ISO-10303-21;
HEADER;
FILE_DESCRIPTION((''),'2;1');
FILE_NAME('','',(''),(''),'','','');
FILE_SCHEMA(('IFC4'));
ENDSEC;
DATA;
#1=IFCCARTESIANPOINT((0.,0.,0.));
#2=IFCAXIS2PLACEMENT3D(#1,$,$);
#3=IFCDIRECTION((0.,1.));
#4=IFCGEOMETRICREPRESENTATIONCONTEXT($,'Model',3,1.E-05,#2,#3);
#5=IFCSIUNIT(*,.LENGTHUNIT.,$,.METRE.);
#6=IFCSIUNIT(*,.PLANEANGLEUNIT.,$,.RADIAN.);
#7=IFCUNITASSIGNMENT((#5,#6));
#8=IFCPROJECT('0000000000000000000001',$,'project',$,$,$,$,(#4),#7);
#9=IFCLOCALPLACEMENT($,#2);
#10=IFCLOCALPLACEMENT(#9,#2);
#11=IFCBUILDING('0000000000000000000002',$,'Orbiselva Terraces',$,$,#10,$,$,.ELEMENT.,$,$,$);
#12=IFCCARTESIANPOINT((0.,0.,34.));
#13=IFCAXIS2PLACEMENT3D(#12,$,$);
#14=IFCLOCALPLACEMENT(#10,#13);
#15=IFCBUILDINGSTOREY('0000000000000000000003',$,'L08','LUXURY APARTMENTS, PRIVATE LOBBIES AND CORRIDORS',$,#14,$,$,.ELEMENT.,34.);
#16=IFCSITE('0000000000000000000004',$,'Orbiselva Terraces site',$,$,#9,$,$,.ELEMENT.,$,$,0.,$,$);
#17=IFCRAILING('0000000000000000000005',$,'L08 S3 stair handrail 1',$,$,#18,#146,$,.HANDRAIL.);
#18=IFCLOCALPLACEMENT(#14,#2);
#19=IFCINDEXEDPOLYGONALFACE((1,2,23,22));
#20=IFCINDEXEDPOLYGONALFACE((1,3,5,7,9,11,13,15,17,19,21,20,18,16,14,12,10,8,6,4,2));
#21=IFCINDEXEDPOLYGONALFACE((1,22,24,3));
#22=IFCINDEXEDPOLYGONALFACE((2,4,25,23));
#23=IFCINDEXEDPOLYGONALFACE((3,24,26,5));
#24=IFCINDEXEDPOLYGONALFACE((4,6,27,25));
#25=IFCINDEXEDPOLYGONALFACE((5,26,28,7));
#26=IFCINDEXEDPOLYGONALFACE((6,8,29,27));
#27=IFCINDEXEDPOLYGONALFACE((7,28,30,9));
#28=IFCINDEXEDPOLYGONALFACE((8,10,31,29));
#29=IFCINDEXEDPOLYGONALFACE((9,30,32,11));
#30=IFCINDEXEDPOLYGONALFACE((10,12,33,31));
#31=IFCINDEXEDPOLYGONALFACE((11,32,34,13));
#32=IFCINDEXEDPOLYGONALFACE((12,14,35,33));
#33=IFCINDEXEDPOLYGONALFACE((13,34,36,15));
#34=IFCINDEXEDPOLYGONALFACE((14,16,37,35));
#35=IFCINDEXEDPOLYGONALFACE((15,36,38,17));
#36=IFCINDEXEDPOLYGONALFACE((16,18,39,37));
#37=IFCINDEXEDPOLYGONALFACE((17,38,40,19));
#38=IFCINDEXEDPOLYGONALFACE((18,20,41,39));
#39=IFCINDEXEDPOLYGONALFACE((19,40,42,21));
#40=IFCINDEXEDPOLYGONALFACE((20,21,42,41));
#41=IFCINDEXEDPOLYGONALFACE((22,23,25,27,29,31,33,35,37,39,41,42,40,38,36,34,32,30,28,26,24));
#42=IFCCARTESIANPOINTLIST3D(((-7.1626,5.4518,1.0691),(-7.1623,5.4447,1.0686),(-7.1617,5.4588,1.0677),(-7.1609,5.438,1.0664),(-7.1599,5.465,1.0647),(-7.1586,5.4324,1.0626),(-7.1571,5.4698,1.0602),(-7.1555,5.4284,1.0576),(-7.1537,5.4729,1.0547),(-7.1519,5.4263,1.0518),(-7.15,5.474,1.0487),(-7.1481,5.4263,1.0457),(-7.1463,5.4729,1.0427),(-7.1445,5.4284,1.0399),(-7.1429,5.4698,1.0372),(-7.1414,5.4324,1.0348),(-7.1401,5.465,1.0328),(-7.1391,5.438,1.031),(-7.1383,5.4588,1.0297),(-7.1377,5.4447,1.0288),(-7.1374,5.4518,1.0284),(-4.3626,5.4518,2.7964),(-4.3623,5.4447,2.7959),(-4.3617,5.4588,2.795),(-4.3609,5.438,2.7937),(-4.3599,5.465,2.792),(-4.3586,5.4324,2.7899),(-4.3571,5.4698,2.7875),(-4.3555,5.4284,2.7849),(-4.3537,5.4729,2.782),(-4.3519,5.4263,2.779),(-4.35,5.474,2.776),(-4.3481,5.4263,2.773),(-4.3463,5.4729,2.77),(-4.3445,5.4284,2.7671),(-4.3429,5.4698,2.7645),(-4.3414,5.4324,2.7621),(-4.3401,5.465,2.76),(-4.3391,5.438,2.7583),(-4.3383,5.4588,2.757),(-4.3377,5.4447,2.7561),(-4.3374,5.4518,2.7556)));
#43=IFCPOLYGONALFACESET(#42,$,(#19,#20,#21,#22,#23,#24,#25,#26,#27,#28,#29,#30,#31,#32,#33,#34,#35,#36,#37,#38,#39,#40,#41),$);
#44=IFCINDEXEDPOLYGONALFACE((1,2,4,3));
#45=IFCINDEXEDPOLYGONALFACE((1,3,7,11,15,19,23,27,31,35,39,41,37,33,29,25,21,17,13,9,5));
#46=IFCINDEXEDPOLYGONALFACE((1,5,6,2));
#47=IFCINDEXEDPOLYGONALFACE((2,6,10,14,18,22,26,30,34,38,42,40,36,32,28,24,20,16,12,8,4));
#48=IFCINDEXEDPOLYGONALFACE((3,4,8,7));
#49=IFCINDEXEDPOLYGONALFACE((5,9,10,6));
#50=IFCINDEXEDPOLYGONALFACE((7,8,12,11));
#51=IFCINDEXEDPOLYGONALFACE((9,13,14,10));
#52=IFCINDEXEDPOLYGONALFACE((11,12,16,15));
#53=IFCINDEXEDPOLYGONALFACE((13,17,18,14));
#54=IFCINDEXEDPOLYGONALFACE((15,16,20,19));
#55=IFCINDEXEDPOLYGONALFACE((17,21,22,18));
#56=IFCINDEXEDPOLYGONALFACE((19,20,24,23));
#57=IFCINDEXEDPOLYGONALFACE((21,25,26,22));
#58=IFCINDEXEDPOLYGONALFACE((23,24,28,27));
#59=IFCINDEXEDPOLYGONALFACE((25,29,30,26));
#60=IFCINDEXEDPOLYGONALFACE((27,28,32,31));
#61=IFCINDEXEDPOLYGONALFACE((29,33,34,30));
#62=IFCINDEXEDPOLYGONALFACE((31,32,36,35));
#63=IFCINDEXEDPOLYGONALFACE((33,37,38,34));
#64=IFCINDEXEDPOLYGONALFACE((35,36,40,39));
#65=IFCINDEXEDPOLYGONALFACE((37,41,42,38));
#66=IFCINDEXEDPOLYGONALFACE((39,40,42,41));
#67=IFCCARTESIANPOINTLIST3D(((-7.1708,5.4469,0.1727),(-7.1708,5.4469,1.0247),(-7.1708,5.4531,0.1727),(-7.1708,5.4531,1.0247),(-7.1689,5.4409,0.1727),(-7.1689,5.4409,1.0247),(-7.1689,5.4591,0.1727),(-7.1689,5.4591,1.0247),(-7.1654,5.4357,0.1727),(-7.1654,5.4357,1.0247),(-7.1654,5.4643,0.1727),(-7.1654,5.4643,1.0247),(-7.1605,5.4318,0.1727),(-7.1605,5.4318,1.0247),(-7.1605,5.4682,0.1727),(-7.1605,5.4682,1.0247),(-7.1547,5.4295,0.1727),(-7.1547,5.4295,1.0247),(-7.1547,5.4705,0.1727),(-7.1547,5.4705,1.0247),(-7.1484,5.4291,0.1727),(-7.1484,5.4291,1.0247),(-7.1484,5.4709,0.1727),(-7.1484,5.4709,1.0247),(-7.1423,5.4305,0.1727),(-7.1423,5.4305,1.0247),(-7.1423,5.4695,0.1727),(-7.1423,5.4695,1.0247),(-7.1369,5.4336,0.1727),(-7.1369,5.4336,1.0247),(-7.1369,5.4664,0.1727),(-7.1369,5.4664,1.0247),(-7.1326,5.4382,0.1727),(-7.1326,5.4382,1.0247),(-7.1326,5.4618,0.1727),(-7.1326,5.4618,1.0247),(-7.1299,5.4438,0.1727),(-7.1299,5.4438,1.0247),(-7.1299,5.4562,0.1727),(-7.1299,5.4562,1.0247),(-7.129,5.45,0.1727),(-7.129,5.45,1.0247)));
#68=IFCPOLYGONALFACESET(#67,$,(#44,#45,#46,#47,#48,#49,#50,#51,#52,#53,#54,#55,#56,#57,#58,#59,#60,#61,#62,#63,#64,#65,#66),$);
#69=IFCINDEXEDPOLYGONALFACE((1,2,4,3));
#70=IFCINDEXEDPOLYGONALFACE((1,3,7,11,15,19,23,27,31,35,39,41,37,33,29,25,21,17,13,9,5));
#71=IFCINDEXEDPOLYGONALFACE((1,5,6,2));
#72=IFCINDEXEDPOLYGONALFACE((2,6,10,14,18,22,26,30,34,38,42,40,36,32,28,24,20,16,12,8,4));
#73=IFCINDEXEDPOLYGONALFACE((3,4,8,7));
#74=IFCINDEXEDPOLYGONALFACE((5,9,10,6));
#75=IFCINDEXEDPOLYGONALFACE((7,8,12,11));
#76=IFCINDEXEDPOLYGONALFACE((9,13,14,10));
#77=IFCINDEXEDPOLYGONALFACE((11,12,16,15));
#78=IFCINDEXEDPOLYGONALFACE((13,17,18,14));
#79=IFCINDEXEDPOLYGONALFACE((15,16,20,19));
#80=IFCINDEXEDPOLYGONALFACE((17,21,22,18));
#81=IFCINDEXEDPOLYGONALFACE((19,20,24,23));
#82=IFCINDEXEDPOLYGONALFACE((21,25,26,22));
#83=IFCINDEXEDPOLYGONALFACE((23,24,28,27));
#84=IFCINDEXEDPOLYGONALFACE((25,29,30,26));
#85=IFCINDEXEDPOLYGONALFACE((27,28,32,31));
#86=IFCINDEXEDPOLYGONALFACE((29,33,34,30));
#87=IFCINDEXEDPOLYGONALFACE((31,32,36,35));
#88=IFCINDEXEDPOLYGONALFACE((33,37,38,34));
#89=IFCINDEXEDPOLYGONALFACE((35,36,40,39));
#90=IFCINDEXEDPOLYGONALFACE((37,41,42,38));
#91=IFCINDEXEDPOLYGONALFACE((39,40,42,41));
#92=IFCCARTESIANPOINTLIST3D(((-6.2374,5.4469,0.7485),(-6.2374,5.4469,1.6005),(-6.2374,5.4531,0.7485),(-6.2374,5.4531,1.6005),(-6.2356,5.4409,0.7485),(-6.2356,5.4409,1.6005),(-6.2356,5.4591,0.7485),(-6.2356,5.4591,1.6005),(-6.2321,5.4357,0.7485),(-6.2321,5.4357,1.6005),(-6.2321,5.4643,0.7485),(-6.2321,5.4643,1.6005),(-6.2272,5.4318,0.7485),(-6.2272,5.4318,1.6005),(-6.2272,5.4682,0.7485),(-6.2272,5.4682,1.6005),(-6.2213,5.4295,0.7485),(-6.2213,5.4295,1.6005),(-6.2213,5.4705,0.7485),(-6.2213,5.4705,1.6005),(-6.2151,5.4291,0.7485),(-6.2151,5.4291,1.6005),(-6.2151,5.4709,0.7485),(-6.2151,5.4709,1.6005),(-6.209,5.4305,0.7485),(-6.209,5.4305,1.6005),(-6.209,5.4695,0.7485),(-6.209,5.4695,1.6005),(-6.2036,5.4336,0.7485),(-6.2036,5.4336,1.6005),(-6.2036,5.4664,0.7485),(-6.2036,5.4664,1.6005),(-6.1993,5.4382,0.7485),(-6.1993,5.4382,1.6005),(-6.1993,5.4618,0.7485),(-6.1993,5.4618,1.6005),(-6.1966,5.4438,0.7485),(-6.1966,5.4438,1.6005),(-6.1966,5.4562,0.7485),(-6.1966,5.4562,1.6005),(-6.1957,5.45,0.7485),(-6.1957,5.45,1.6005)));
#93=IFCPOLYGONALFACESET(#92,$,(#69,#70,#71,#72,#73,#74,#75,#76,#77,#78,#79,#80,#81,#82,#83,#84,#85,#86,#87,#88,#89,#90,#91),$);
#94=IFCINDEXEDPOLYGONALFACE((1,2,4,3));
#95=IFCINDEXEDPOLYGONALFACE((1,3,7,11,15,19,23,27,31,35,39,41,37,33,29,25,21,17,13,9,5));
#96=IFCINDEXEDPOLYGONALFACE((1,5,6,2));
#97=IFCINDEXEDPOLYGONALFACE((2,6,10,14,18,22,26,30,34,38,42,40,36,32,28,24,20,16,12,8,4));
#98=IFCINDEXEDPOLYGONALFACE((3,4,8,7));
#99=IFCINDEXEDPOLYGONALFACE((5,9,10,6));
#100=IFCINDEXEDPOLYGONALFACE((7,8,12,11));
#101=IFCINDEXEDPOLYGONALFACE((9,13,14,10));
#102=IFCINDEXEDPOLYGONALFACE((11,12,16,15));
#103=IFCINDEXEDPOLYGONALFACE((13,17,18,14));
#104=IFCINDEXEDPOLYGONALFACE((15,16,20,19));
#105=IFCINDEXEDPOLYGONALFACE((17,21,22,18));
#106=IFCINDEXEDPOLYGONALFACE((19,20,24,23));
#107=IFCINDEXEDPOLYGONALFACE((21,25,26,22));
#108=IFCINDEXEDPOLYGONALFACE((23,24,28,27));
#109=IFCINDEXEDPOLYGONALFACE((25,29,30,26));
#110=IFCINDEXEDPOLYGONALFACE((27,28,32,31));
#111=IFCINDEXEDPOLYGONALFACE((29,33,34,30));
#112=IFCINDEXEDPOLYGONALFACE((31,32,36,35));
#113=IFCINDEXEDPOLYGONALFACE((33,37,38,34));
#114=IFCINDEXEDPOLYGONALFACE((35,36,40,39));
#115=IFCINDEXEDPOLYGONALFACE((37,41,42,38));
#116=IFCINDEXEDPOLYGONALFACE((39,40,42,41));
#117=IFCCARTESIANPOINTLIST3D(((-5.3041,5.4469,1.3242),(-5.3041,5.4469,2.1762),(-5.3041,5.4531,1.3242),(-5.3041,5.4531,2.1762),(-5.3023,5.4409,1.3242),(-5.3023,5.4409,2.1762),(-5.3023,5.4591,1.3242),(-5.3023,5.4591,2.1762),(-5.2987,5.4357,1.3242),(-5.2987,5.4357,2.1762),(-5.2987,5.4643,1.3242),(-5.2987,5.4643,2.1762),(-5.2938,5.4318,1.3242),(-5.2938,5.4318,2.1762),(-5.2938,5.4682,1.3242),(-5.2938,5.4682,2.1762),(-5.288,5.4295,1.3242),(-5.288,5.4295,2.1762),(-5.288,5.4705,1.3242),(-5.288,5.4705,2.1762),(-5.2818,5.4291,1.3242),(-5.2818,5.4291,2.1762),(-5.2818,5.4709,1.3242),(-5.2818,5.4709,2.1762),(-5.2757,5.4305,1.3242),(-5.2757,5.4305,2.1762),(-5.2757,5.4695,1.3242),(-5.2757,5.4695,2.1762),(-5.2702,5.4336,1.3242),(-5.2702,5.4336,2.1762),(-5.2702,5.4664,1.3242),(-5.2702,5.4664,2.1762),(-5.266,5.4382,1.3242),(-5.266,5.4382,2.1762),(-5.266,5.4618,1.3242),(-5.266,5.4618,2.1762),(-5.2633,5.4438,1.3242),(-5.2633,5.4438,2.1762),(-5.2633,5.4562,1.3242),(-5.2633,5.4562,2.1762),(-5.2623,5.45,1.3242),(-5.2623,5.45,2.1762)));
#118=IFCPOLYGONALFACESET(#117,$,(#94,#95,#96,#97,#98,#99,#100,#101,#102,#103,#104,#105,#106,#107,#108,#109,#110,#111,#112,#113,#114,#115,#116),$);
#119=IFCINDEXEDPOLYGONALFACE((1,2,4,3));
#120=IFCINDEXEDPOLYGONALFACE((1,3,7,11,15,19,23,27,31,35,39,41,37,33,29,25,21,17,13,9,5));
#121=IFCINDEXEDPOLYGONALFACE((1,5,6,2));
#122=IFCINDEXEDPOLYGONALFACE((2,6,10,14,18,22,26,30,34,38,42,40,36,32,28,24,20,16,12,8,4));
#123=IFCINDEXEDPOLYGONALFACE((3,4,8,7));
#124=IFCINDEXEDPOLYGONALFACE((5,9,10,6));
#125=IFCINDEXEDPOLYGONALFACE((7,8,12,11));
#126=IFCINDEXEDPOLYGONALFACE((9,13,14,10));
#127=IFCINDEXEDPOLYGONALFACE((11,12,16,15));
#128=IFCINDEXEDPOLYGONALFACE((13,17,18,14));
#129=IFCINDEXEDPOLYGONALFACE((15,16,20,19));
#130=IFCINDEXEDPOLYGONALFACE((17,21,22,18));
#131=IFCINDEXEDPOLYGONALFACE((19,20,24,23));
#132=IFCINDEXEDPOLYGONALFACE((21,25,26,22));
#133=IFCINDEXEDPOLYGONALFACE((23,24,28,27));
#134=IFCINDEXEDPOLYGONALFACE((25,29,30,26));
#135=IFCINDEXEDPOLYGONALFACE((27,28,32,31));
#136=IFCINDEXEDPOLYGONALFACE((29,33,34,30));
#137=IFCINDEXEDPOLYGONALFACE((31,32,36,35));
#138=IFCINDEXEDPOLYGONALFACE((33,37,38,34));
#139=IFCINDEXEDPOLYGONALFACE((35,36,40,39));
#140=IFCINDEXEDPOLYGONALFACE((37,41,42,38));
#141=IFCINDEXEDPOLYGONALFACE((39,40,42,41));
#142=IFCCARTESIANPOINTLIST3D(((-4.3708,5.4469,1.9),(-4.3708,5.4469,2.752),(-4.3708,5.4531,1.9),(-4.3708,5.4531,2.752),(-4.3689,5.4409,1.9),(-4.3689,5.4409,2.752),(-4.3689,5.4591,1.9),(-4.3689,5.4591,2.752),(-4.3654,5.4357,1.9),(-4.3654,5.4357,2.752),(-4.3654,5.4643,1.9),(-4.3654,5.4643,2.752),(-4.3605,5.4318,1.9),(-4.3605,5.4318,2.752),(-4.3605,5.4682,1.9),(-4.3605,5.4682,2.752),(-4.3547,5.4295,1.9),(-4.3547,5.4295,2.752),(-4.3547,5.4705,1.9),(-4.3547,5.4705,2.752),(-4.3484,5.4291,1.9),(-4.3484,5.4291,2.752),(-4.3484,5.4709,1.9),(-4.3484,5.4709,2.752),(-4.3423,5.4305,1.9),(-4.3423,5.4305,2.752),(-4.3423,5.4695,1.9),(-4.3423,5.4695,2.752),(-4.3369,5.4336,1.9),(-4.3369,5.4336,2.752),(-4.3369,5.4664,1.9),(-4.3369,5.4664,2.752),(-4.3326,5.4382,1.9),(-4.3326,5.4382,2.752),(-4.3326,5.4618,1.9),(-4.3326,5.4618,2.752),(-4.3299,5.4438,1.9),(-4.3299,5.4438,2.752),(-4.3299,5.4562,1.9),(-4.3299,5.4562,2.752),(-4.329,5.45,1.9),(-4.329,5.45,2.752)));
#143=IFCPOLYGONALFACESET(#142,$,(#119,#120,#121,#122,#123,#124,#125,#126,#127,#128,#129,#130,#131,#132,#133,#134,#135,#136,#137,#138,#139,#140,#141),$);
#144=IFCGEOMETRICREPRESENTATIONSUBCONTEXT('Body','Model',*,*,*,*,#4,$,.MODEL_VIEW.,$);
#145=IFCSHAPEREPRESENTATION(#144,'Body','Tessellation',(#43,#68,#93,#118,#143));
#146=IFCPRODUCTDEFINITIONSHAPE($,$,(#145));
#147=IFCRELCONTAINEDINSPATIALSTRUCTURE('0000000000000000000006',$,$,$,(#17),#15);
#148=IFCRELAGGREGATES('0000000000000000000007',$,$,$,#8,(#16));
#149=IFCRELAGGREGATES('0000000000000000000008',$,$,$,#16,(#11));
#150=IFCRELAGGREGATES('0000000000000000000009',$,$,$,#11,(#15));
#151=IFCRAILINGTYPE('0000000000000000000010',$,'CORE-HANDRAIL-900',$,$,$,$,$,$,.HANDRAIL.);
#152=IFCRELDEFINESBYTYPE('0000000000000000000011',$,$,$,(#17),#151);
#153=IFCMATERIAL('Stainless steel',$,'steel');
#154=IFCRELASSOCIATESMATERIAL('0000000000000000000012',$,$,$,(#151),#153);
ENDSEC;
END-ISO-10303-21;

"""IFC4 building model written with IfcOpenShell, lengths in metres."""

from ifc_helpers import new_model, si_unit, direction, frame, origin, origin_2d, place, context, subcontext, project, spatial, circle, extrude, material, type_object, element, save


model = new_model("IFC4")

# Units and contexts
model_context = context("Model", 3, precision=1e-05, world=origin(), true_north=direction((0.0, 1.0)))
body_context = subcontext(model_context, "Body", "Model", "MODEL_VIEW")
ifc_project = project(units=[si_unit("LENGTHUNIT", "METRE"), si_unit("PLANEANGLEUNIT", "RADIAN")], contexts=[model_context])

# Site, building, storey
site_placement = place(None, origin())
site = spatial("IfcSite", under=ifc_project, at=site_placement, Name="Orbiselva Terraces site", CompositionType="ELEMENT", RefElevation=0.0)
building_placement = place(site_placement, origin())
building = spatial("IfcBuilding", under=site, at=building_placement, Name="Orbiselva Terraces", CompositionType="ELEMENT")
storey_placement = place(building_placement, frame((0.0, 0.0, 34.0)))
storey = spatial("IfcBuildingStorey", under=building, at=storey_placement, Name="L08", Description="LUXURY APARTMENTS, PRIVATE LOBBIES AND CORRIDORS", CompositionType="ELEMENT", Elevation=34.0)

# Railing
ifc_material_1 = material(Name="Stainless steel", Category="steel")
railing_type_1 = type_object("IfcRailingType", Name="CORE-HANDRAIL-900", PredefinedType="HANDRAIL", material=ifc_material_1)
railing_1_placement = place(storey_placement, frame((-7.15, 5.45, 0.1727)))
element("IfcRailing", 1, at=railing_1_placement, inside=storey, type_object=railing_type_1, Name="L08 S3 stair handrail 1", PredefinedType="HANDRAIL", context=body_context, shape_type="SweptSolid", body=[
    extrude(circle(Radius=0.024, at=origin_2d()), frame((0.0, 0.0, 0.876), z_axis=(0.851089, 0.0, 0.525022), x_axis=(0.0, 1.0, 0.0)), (0.0, 0.0, 1.0), 3.2899),
    extrude(circle(Radius=0.021, at=origin_2d()), origin(), (0.0, 0.0, 1.0), 0.852),
    extrude(circle(Radius=0.021, at=origin_2d()), frame((0.9333, 0.0, 0.5758)), (0.0, 0.0, 1.0), 0.852),
    extrude(circle(Radius=0.021, at=origin_2d()), frame((1.8667, 0.0, 1.1515)), (0.0, 0.0, 1.0), 0.852),
    extrude(circle(Radius=0.021, at=origin_2d()), frame((2.8, 0.0, 1.7273)), (0.0, 0.0, 1.0), 0.852),
])

save(model, "model.ifc")
